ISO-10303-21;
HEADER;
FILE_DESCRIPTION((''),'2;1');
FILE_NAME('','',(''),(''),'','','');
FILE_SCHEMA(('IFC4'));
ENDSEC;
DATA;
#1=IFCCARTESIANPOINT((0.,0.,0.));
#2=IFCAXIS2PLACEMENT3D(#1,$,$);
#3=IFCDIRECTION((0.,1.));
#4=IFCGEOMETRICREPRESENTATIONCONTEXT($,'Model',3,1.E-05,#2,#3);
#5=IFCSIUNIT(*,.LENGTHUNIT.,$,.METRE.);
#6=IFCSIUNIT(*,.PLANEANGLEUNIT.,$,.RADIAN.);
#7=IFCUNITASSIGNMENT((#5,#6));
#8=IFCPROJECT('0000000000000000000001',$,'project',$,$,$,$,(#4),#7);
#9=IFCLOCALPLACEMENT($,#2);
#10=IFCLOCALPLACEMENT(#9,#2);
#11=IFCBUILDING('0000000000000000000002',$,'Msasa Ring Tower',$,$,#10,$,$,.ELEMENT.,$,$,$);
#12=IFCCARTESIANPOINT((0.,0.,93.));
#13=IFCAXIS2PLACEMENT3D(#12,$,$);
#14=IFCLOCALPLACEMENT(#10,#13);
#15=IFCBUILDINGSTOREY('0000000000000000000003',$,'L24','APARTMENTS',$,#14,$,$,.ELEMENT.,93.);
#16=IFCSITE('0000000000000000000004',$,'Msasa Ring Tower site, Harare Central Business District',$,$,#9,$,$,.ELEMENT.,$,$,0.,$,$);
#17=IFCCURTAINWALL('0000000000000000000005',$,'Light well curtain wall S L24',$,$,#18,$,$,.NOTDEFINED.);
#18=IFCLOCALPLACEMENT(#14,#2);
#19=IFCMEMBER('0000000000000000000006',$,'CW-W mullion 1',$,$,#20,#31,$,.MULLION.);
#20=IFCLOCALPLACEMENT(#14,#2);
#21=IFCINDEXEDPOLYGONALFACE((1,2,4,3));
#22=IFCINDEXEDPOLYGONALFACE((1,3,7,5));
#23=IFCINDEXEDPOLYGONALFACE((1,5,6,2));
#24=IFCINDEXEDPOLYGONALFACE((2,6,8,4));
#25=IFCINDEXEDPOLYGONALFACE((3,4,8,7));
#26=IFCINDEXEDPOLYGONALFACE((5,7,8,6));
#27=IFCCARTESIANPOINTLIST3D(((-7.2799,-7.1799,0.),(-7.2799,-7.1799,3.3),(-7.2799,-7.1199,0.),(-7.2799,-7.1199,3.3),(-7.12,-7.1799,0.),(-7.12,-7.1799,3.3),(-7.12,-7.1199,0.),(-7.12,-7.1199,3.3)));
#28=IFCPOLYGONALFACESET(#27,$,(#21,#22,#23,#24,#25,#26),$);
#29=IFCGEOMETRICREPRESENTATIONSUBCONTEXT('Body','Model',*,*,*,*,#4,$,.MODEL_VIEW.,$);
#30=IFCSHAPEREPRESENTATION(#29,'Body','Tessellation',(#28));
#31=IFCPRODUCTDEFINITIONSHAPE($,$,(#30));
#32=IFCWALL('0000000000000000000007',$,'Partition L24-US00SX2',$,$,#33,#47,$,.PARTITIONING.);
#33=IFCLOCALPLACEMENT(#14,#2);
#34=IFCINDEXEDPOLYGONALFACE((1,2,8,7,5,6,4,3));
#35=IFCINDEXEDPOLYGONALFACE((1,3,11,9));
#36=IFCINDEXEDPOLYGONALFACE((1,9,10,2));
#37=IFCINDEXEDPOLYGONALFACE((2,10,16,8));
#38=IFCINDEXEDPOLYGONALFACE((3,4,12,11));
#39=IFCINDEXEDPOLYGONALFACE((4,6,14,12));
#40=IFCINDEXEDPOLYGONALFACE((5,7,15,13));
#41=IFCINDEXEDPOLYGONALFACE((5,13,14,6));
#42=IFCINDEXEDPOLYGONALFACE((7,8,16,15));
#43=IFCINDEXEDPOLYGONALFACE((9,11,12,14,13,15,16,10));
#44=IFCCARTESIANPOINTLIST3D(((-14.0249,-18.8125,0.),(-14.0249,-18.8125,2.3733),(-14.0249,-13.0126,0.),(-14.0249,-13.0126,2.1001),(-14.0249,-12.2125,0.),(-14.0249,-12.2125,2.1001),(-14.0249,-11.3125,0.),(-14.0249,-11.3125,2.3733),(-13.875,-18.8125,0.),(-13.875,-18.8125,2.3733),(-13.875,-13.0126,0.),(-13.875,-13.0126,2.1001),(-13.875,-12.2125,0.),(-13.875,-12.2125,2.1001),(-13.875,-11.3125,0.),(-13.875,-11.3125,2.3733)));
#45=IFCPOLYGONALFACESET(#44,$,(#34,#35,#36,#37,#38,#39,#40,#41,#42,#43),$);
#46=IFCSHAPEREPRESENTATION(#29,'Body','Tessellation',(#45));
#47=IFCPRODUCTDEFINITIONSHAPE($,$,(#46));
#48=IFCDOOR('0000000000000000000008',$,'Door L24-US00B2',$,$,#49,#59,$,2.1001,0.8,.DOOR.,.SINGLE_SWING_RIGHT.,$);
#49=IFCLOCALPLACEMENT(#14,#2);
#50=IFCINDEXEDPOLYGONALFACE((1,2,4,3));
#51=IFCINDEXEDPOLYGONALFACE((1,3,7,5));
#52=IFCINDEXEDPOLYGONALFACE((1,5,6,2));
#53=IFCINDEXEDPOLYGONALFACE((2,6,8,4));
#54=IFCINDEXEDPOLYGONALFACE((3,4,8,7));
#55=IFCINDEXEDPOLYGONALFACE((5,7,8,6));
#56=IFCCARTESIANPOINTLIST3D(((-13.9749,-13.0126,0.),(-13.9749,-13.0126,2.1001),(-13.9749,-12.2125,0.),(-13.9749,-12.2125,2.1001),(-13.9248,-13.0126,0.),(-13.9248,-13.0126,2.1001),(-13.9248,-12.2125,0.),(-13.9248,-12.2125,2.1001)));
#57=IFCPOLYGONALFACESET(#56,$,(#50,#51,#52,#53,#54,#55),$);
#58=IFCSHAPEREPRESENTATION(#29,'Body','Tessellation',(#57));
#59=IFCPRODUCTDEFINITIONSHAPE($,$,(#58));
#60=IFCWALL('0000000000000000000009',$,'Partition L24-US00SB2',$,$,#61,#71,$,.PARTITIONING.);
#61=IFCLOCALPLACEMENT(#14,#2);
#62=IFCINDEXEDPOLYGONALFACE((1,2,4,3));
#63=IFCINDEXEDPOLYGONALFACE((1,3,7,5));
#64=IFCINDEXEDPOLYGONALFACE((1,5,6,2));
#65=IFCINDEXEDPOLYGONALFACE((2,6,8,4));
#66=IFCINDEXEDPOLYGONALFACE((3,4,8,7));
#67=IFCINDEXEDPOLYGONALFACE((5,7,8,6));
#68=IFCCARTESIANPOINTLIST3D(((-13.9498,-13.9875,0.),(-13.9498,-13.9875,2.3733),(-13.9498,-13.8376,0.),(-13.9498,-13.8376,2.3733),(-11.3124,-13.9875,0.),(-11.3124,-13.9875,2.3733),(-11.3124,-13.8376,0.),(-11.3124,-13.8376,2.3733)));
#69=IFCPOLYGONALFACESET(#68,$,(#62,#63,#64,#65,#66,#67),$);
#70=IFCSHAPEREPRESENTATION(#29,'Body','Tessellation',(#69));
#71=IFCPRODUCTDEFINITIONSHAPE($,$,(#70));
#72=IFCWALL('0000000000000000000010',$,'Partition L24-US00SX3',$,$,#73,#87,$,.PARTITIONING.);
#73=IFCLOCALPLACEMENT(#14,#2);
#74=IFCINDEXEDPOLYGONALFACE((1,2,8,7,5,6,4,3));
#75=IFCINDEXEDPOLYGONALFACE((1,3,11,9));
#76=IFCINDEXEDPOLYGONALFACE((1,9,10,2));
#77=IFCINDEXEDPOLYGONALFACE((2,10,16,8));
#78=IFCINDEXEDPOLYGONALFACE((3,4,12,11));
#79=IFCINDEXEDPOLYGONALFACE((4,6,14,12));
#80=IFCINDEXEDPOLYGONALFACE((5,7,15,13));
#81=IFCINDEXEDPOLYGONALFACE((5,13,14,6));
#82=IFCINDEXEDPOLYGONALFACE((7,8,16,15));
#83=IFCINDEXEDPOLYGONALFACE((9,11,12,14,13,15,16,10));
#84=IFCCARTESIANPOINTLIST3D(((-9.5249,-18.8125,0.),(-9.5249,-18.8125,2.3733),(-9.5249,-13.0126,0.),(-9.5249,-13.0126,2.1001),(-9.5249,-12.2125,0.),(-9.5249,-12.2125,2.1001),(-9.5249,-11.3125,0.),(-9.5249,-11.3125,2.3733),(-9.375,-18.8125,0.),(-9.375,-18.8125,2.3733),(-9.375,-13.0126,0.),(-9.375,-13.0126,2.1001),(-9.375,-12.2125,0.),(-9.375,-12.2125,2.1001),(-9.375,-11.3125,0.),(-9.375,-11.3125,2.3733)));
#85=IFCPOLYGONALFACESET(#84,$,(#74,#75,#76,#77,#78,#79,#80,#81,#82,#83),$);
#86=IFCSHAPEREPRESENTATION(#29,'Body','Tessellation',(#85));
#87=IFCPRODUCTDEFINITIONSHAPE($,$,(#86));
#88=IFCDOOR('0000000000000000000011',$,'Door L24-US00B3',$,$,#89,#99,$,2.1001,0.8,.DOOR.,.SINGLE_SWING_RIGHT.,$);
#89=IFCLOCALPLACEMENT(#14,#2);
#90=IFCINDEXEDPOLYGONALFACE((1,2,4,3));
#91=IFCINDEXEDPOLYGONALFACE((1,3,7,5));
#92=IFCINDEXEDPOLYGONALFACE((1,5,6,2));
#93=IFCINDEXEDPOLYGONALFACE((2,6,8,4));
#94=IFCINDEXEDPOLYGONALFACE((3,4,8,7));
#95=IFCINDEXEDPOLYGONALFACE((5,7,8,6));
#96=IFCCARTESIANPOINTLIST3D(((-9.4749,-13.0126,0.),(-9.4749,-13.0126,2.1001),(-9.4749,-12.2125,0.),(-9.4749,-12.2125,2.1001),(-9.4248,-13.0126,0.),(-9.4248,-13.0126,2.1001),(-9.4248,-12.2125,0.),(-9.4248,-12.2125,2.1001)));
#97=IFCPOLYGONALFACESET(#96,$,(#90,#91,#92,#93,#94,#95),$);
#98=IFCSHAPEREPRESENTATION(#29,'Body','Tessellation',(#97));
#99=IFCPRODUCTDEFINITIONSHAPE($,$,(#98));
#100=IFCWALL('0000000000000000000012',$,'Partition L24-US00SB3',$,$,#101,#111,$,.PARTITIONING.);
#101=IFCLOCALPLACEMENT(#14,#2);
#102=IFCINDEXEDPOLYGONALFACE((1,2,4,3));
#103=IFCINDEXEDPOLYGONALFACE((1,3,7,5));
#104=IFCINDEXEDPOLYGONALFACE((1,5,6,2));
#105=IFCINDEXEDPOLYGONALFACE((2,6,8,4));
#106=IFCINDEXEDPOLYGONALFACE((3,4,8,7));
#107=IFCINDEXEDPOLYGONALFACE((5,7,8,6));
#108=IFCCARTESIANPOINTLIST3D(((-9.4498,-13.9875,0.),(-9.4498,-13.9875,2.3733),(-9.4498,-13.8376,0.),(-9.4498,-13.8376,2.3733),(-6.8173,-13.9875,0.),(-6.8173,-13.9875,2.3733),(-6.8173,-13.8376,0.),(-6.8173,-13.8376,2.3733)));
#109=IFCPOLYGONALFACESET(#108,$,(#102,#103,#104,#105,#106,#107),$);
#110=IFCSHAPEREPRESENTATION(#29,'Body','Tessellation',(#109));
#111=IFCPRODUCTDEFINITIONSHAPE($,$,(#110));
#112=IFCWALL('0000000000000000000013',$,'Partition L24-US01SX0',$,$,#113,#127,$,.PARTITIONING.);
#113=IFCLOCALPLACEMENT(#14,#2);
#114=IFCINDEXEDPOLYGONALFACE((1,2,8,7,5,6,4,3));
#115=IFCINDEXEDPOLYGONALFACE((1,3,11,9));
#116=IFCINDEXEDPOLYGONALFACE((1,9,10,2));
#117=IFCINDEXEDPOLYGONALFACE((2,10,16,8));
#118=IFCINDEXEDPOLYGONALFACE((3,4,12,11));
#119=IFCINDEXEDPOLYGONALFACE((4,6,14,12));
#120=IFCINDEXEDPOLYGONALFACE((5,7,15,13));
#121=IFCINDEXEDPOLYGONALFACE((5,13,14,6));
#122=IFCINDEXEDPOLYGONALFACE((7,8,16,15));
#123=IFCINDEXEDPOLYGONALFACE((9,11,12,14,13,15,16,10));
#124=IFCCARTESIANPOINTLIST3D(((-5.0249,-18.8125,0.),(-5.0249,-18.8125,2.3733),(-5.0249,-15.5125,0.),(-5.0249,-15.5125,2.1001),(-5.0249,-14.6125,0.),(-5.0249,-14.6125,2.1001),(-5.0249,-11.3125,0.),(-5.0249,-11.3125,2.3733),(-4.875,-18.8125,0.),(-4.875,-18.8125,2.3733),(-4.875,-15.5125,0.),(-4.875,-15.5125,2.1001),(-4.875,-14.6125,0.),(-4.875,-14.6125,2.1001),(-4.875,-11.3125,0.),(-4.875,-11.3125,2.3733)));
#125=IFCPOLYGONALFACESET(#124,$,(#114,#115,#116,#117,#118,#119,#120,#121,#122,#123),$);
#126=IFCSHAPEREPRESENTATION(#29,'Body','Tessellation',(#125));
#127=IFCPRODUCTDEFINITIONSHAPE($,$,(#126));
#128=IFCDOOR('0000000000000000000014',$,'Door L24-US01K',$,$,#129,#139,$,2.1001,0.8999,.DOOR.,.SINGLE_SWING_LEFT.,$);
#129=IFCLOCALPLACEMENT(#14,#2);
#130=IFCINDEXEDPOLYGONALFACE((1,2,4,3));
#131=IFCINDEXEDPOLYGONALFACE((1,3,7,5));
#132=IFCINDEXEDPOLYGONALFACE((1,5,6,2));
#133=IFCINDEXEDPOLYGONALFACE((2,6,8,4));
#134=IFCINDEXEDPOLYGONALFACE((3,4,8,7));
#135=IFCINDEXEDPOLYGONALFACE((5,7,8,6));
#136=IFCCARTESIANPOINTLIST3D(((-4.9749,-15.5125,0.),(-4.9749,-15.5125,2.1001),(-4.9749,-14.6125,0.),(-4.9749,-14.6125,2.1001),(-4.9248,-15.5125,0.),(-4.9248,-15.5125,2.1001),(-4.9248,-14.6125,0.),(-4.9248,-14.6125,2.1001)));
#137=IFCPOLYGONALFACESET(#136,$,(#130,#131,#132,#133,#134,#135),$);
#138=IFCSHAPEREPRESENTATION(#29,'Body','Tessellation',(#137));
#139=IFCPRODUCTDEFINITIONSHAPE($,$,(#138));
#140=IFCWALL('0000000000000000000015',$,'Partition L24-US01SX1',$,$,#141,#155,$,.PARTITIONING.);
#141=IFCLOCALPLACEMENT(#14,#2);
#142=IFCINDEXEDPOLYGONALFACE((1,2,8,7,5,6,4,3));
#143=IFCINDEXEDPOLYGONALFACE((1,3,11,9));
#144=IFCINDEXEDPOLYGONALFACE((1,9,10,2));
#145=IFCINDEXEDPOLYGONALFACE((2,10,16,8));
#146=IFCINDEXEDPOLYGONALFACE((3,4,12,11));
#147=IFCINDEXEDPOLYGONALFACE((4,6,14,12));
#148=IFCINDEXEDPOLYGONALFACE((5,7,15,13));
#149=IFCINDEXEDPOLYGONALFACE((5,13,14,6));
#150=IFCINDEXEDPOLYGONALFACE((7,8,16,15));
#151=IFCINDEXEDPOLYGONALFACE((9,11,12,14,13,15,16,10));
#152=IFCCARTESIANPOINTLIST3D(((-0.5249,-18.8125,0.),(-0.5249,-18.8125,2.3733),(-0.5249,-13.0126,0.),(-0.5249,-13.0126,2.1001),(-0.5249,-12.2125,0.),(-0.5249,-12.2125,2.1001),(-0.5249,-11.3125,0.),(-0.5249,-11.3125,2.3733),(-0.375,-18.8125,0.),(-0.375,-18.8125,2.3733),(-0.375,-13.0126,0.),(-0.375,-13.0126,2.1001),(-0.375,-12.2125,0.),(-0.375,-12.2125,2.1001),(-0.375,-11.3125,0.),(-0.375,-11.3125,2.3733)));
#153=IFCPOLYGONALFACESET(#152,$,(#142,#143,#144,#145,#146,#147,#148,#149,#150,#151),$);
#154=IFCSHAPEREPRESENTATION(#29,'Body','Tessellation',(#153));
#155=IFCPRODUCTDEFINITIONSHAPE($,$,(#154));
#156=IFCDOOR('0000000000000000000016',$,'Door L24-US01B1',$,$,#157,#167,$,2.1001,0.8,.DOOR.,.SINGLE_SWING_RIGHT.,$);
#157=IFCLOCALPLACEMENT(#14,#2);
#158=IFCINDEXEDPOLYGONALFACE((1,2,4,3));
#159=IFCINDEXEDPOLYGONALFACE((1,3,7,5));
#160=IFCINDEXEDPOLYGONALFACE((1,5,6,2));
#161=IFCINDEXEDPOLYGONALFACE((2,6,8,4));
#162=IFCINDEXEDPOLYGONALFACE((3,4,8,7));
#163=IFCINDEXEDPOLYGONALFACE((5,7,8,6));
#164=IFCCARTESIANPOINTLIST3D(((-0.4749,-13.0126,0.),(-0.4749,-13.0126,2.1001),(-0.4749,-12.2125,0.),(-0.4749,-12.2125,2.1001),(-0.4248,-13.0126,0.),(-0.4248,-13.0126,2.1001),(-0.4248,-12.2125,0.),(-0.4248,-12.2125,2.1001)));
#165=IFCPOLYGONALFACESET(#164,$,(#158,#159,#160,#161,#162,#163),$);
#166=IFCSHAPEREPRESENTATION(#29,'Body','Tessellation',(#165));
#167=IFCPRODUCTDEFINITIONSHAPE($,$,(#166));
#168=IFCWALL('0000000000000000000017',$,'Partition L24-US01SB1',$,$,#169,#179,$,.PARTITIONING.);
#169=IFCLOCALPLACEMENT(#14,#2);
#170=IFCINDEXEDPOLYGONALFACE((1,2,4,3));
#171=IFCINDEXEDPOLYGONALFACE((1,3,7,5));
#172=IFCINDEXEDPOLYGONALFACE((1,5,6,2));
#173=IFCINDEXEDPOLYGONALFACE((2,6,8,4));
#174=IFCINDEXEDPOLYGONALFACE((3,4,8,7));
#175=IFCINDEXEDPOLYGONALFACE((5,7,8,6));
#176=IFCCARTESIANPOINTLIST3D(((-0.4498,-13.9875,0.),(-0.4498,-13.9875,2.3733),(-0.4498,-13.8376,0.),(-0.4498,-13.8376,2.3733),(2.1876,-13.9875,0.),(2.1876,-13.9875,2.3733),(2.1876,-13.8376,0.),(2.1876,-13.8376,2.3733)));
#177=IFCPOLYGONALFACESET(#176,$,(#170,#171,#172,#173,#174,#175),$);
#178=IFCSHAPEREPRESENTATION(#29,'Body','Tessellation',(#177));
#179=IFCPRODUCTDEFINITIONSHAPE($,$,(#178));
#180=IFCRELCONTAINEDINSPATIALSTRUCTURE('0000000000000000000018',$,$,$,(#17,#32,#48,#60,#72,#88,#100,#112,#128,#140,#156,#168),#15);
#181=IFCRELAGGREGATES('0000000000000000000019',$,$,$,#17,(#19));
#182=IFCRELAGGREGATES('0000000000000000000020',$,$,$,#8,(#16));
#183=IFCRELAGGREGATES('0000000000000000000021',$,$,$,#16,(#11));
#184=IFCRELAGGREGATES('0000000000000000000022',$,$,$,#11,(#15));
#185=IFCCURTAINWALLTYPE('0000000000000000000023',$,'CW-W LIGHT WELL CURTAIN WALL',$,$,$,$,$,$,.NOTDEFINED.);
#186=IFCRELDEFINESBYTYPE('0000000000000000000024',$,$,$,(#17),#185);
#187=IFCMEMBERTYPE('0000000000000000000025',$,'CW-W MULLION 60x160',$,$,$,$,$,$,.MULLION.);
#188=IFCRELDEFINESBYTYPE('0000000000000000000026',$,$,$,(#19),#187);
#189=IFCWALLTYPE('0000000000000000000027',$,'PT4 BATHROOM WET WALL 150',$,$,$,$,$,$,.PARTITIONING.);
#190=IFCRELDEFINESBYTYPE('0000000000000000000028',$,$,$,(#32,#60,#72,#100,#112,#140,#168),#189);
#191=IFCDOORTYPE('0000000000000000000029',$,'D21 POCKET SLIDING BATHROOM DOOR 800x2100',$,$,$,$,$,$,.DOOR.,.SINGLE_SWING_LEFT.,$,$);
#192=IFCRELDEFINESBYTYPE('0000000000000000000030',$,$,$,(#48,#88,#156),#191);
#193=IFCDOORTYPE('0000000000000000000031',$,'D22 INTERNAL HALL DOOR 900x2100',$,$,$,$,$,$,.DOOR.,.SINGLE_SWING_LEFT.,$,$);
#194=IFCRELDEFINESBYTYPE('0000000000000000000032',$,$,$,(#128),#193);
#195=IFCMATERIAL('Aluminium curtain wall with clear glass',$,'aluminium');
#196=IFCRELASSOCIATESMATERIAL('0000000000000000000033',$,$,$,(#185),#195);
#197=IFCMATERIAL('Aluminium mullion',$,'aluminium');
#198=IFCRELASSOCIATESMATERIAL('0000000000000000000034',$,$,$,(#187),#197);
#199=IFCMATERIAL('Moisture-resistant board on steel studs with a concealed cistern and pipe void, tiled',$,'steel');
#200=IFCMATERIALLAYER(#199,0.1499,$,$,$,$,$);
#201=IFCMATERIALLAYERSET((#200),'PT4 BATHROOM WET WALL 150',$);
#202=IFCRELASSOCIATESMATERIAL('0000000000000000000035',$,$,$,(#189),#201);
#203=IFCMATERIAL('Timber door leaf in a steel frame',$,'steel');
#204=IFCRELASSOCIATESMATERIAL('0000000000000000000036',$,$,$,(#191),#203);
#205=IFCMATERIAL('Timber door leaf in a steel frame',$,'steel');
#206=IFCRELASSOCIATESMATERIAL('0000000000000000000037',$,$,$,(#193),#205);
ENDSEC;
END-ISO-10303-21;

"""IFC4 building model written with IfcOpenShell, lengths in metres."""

from ifc_helpers import new_model, si_unit, direction, frame, frame_2d, origin, origin_2d, place, context, subcontext, project, spatial, rectangle, extrude, material, layer, layer_set, material_profile, profile_set, type_object, element, fill, aggregate, save


model = new_model("IFC4")

# Units and contexts
model_context = context("Model", 3, precision=1e-05, world=origin(), true_north=direction((0.0, 1.0)))
body_context = subcontext(model_context, "Body", "Model", "MODEL_VIEW")
ifc_project = project(units=[si_unit("LENGTHUNIT", "METRE"), si_unit("PLANEANGLEUNIT", "RADIAN")], contexts=[model_context])

# Site, building, storey
site_placement = place(None, origin())
site = spatial("IfcSite", under=ifc_project, at=site_placement, Name="Msasa Ring Tower site, Harare Central Business District", CompositionType="ELEMENT", RefElevation=0.0)
building_placement = place(site_placement, origin())
building = spatial("IfcBuilding", under=site, at=building_placement, Name="Msasa Ring Tower", CompositionType="ELEMENT")
storey_placement = place(building_placement, frame((0.0, 0.0, 93.0)))
storey = spatial("IfcBuildingStorey", under=building, at=storey_placement, Name="L24", Description="APARTMENTS", CompositionType="ELEMENT", Elevation=93.0)

# Curtain wall, member
ifc_material_1 = material(Name="Aluminium curtain wall with clear glass", Category="aluminium")
curtain_wall_type = type_object("IfcCurtainWallType", Name="CW-W LIGHT WELL CURTAIN WALL", PredefinedType="NOTDEFINED", material=ifc_material_1)
curtain_wall_placement = place(storey_placement, origin())
curtain_wall = element("IfcCurtainWall", 1, at=curtain_wall_placement, inside=storey, type_object=curtain_wall_type, Name="Light well curtain wall S L24", PredefinedType="NOTDEFINED")
ifc_material_2 = material(Name="Aluminium mullion", Category="aluminium")
ifc_material_profile = material_profile(ifc_material_2, rectangle(XDim=0.0601, YDim=0.1599, at=origin_2d()), Name="AL 60x160")
ifc_profile_set = profile_set([ifc_material_profile], Name="Aluminium mullion")
member_type = type_object("IfcMemberType", Name="CW-W MULLION 60x160", PredefinedType="MULLION", material=ifc_profile_set)
member_placement = place(storey_placement, frame((-7.2, -7.1499, 0.0), z_axis=(0.0, 0.0, 1.0), x_axis=(0.0, 1.0, 0.0)))
member = element("IfcMember", 2, at=member_placement, type_object=member_type, Name="CW-W mullion 1", PredefinedType="MULLION", context=body_context, shape_type="SweptSolid", body=[
    extrude(rectangle(XDim=0.0601, YDim=0.1599, at=origin_2d()), origin(), (0.0, 0.0, 1.0), 3.3),
])
aggregate(curtain_wall, [member])

# Wall, opening, door
ifc_material_3 = material(Name="Moisture-resistant board on steel studs with a concealed cistern and pipe void, tiled", Category="steel")
ifc_layer_1 = layer(ifc_material_3, 0.1499)
ifc_layer_set_1 = layer_set([ifc_layer_1], Name="PT4 BATHROOM WET WALL 150")
wall_type_1 = type_object("IfcWallType", Name="PT4 BATHROOM WET WALL 150", PredefinedType="PARTITIONING", material=ifc_layer_set_1)
wall_1_placement = place(storey_placement, frame((-13.95, -18.8125, 0.0), z_axis=(0.0, 0.0, 1.0), x_axis=(0.0, 1.0, 0.0)))
wall_1 = element("IfcWall", 3, at=wall_1_placement, inside=storey, type_object=wall_type_1, Name="Partition L24-US00SX2", PredefinedType="PARTITIONING", context=body_context, shape_type="SweptSolid", body=[
    extrude(rectangle(XDim=7.5, YDim=0.1499, at=frame_2d((3.75, 0.0))), origin(), (0.0, 0.0, 1.0), 2.3733),
])
opening_1_placement = place(wall_1_placement, frame((5.8, 0.0, 0.0)))
opening_1 = element("IfcOpeningElement", 4, at=opening_1_placement, cuts=wall_1, PredefinedType="OPENING", context=body_context, shape_type="SweptSolid", body=[
    extrude(rectangle(XDim=0.8, YDim=2.1001, at=frame_2d((0.3999, 1.05))), frame((0.0, 0.085, 0.0), z_axis=(0.0, -1.0, 0.0), x_axis=(1.0, 0.0, 0.0)), (0.0, 0.0, 1.0), 0.1699),
])
ifc_material_4 = material(Name="Timber door leaf in a steel frame", Category="steel")
door_type_1 = type_object("IfcDoorType", Name="D21 POCKET SLIDING BATHROOM DOOR 800x2100", OperationType="SINGLE_SWING_LEFT", PredefinedType="DOOR", material=ifc_material_4)
door_1_placement = place(opening_1_placement, origin())
door_1 = element("IfcDoor", 5, at=door_1_placement, inside=storey, type_object=door_type_1, Name="Door L24-US00B2", OperationType="SINGLE_SWING_RIGHT", OverallHeight=2.1001, OverallWidth=0.8, PredefinedType="DOOR", context=body_context, shape_type="SweptSolid", body=[
    extrude(rectangle(XDim=0.8, YDim=2.1001, at=frame_2d((0.3999, 1.05))), frame((0.0, 0.0249, 0.0), z_axis=(0.0, -1.0, 0.0), x_axis=(1.0, 0.0, 0.0)), (0.0, 0.0, 1.0), 0.05),
])
fill(opening_1, door_1)

# Wall
wall_2_placement = place(storey_placement, frame((-13.95, -13.9126, 0.0), z_axis=(0.0, 0.0, 1.0), x_axis=(1.0, 0.0, 0.0)))
element("IfcWall", 6, at=wall_2_placement, inside=storey, type_object=wall_type_1, Name="Partition L24-US00SB2", PredefinedType="PARTITIONING", context=body_context, shape_type="SweptSolid", body=[
    extrude(rectangle(XDim=2.6375, YDim=0.1499, at=frame_2d((1.3188, 0.0))), origin(), (0.0, 0.0, 1.0), 2.3733),
])

# Wall, opening, door
wall_3_placement = place(storey_placement, frame((-9.45, -18.8125, 0.0), z_axis=(0.0, 0.0, 1.0), x_axis=(0.0, 1.0, 0.0)))
wall_3 = element("IfcWall", 7, at=wall_3_placement, inside=storey, type_object=wall_type_1, Name="Partition L24-US00SX3", PredefinedType="PARTITIONING", context=body_context, shape_type="SweptSolid", body=[
    extrude(rectangle(XDim=7.5, YDim=0.1499, at=frame_2d((3.75, 0.0))), origin(), (0.0, 0.0, 1.0), 2.3733),
])
opening_2_placement = place(wall_3_placement, frame((5.8, 0.0, 0.0)))
opening_2 = element("IfcOpeningElement", 8, at=opening_2_placement, cuts=wall_3, PredefinedType="OPENING", context=body_context, shape_type="SweptSolid", body=[
    extrude(rectangle(XDim=0.8, YDim=2.1001, at=frame_2d((0.3999, 1.05))), frame((0.0, 0.085, 0.0), z_axis=(0.0, -1.0, 0.0), x_axis=(1.0, 0.0, 0.0)), (0.0, 0.0, 1.0), 0.1699),
])
door_2_placement = place(opening_2_placement, origin())
door_2 = element("IfcDoor", 9, at=door_2_placement, inside=storey, type_object=door_type_1, Name="Door L24-US00B3", OperationType="SINGLE_SWING_RIGHT", OverallHeight=2.1001, OverallWidth=0.8, PredefinedType="DOOR", context=body_context, shape_type="SweptSolid", body=[
    extrude(rectangle(XDim=0.8, YDim=2.1001, at=frame_2d((0.3999, 1.05))), frame((0.0, 0.0249, 0.0), z_axis=(0.0, -1.0, 0.0), x_axis=(1.0, 0.0, 0.0)), (0.0, 0.0, 1.0), 0.05),
])
fill(opening_2, door_2)

# Wall
wall_4_placement = place(storey_placement, frame((-9.45, -13.9126, 0.0), z_axis=(0.0, 0.0, 1.0), x_axis=(1.0, 0.0, 0.0)))
element("IfcWall", 10, at=wall_4_placement, inside=storey, type_object=wall_type_1, Name="Partition L24-US00SB3", PredefinedType="PARTITIONING", context=body_context, shape_type="SweptSolid", body=[
    extrude(rectangle(XDim=2.6326, YDim=0.1499, at=frame_2d((1.3164, 0.0))), origin(), (0.0, 0.0, 1.0), 2.3733),
])

# Walls, openings, doors
wall_5_placement = place(storey_placement, frame((-4.95, -18.8125, 0.0), z_axis=(0.0, 0.0, 1.0), x_axis=(0.0, 1.0, 0.0)))
wall_5 = element("IfcWall", 11, at=wall_5_placement, inside=storey, type_object=wall_type_1, Name="Partition L24-US01SX0", PredefinedType="PARTITIONING", context=body_context, shape_type="SweptSolid", body=[
    extrude(rectangle(XDim=7.5, YDim=0.1499, at=frame_2d((3.75, 0.0))), origin(), (0.0, 0.0, 1.0), 2.3733),
])
opening_3_placement = place(wall_5_placement, frame((3.3, 0.0, 0.0)))
opening_3 = element("IfcOpeningElement", 12, at=opening_3_placement, cuts=wall_5, PredefinedType="OPENING", context=body_context, shape_type="SweptSolid", body=[
    extrude(rectangle(XDim=0.8999, YDim=2.1001, at=frame_2d((0.45, 1.05))), frame((0.0, 0.085, 0.0), z_axis=(0.0, -1.0, 0.0), x_axis=(1.0, 0.0, 0.0)), (0.0, 0.0, 1.0), 0.1699),
])
ifc_material_5 = material(Name="Timber door leaf in a steel frame", Category="steel")
door_type_2 = type_object("IfcDoorType", Name="D22 INTERNAL HALL DOOR 900x2100", OperationType="SINGLE_SWING_LEFT", PredefinedType="DOOR", material=ifc_material_5)
door_3_placement = place(opening_3_placement, origin())
door_3 = element("IfcDoor", 13, at=door_3_placement, inside=storey, type_object=door_type_2, Name="Door L24-US01K", OperationType="SINGLE_SWING_LEFT", OverallHeight=2.1001, OverallWidth=0.8999, PredefinedType="DOOR", context=body_context, shape_type="SweptSolid", body=[
    extrude(rectangle(XDim=0.8999, YDim=2.1001, at=frame_2d((0.45, 1.05))), frame((0.0, 0.0249, 0.0), z_axis=(0.0, -1.0, 0.0), x_axis=(1.0, 0.0, 0.0)), (0.0, 0.0, 1.0), 0.05),
])
fill(opening_3, door_3)
wall_6_placement = place(storey_placement, frame((-0.45, -18.8125, 0.0), z_axis=(0.0, 0.0, 1.0), x_axis=(0.0, 1.0, 0.0)))
wall_6 = element("IfcWall", 14, at=wall_6_placement, inside=storey, type_object=wall_type_1, Name="Partition L24-US01SX1", PredefinedType="PARTITIONING", context=body_context, shape_type="SweptSolid", body=[
    extrude(rectangle(XDim=7.5, YDim=0.1499, at=frame_2d((3.75, 0.0))), origin(), (0.0, 0.0, 1.0), 2.3733),
])
opening_4_placement = place(wall_6_placement, frame((5.8, 0.0, 0.0)))
opening_4 = element("IfcOpeningElement", 15, at=opening_4_placement, cuts=wall_6, PredefinedType="OPENING", context=body_context, shape_type="SweptSolid", body=[
    extrude(rectangle(XDim=0.8, YDim=2.1001, at=frame_2d((0.3999, 1.05))), frame((0.0, 0.085, 0.0), z_axis=(0.0, -1.0, 0.0), x_axis=(1.0, 0.0, 0.0)), (0.0, 0.0, 1.0), 0.1699),
])
door_4_placement = place(opening_4_placement, origin())
door_4 = element("IfcDoor", 16, at=door_4_placement, inside=storey, type_object=door_type_1, Name="Door L24-US01B1", OperationType="SINGLE_SWING_RIGHT", OverallHeight=2.1001, OverallWidth=0.8, PredefinedType="DOOR", context=body_context, shape_type="SweptSolid", body=[
    extrude(rectangle(XDim=0.8, YDim=2.1001, at=frame_2d((0.3999, 1.05))), frame((0.0, 0.0249, 0.0), z_axis=(0.0, -1.0, 0.0), x_axis=(1.0, 0.0, 0.0)), (0.0, 0.0, 1.0), 0.05),
])
fill(opening_4, door_4)

# Wall
wall_7_placement = place(storey_placement, frame((-0.45, -13.9126, 0.0), z_axis=(0.0, 0.0, 1.0), x_axis=(1.0, 0.0, 0.0)))
element("IfcWall", 17, at=wall_7_placement, inside=storey, type_object=wall_type_1, Name="Partition L24-US01SB1", PredefinedType="PARTITIONING", context=body_context, shape_type="SweptSolid", body=[
    extrude(rectangle(XDim=2.6375, YDim=0.1499, at=frame_2d((1.3188, 0.0))), origin(), (0.0, 0.0, 1.0), 2.3733),
])

save(model, "model.ifc")
